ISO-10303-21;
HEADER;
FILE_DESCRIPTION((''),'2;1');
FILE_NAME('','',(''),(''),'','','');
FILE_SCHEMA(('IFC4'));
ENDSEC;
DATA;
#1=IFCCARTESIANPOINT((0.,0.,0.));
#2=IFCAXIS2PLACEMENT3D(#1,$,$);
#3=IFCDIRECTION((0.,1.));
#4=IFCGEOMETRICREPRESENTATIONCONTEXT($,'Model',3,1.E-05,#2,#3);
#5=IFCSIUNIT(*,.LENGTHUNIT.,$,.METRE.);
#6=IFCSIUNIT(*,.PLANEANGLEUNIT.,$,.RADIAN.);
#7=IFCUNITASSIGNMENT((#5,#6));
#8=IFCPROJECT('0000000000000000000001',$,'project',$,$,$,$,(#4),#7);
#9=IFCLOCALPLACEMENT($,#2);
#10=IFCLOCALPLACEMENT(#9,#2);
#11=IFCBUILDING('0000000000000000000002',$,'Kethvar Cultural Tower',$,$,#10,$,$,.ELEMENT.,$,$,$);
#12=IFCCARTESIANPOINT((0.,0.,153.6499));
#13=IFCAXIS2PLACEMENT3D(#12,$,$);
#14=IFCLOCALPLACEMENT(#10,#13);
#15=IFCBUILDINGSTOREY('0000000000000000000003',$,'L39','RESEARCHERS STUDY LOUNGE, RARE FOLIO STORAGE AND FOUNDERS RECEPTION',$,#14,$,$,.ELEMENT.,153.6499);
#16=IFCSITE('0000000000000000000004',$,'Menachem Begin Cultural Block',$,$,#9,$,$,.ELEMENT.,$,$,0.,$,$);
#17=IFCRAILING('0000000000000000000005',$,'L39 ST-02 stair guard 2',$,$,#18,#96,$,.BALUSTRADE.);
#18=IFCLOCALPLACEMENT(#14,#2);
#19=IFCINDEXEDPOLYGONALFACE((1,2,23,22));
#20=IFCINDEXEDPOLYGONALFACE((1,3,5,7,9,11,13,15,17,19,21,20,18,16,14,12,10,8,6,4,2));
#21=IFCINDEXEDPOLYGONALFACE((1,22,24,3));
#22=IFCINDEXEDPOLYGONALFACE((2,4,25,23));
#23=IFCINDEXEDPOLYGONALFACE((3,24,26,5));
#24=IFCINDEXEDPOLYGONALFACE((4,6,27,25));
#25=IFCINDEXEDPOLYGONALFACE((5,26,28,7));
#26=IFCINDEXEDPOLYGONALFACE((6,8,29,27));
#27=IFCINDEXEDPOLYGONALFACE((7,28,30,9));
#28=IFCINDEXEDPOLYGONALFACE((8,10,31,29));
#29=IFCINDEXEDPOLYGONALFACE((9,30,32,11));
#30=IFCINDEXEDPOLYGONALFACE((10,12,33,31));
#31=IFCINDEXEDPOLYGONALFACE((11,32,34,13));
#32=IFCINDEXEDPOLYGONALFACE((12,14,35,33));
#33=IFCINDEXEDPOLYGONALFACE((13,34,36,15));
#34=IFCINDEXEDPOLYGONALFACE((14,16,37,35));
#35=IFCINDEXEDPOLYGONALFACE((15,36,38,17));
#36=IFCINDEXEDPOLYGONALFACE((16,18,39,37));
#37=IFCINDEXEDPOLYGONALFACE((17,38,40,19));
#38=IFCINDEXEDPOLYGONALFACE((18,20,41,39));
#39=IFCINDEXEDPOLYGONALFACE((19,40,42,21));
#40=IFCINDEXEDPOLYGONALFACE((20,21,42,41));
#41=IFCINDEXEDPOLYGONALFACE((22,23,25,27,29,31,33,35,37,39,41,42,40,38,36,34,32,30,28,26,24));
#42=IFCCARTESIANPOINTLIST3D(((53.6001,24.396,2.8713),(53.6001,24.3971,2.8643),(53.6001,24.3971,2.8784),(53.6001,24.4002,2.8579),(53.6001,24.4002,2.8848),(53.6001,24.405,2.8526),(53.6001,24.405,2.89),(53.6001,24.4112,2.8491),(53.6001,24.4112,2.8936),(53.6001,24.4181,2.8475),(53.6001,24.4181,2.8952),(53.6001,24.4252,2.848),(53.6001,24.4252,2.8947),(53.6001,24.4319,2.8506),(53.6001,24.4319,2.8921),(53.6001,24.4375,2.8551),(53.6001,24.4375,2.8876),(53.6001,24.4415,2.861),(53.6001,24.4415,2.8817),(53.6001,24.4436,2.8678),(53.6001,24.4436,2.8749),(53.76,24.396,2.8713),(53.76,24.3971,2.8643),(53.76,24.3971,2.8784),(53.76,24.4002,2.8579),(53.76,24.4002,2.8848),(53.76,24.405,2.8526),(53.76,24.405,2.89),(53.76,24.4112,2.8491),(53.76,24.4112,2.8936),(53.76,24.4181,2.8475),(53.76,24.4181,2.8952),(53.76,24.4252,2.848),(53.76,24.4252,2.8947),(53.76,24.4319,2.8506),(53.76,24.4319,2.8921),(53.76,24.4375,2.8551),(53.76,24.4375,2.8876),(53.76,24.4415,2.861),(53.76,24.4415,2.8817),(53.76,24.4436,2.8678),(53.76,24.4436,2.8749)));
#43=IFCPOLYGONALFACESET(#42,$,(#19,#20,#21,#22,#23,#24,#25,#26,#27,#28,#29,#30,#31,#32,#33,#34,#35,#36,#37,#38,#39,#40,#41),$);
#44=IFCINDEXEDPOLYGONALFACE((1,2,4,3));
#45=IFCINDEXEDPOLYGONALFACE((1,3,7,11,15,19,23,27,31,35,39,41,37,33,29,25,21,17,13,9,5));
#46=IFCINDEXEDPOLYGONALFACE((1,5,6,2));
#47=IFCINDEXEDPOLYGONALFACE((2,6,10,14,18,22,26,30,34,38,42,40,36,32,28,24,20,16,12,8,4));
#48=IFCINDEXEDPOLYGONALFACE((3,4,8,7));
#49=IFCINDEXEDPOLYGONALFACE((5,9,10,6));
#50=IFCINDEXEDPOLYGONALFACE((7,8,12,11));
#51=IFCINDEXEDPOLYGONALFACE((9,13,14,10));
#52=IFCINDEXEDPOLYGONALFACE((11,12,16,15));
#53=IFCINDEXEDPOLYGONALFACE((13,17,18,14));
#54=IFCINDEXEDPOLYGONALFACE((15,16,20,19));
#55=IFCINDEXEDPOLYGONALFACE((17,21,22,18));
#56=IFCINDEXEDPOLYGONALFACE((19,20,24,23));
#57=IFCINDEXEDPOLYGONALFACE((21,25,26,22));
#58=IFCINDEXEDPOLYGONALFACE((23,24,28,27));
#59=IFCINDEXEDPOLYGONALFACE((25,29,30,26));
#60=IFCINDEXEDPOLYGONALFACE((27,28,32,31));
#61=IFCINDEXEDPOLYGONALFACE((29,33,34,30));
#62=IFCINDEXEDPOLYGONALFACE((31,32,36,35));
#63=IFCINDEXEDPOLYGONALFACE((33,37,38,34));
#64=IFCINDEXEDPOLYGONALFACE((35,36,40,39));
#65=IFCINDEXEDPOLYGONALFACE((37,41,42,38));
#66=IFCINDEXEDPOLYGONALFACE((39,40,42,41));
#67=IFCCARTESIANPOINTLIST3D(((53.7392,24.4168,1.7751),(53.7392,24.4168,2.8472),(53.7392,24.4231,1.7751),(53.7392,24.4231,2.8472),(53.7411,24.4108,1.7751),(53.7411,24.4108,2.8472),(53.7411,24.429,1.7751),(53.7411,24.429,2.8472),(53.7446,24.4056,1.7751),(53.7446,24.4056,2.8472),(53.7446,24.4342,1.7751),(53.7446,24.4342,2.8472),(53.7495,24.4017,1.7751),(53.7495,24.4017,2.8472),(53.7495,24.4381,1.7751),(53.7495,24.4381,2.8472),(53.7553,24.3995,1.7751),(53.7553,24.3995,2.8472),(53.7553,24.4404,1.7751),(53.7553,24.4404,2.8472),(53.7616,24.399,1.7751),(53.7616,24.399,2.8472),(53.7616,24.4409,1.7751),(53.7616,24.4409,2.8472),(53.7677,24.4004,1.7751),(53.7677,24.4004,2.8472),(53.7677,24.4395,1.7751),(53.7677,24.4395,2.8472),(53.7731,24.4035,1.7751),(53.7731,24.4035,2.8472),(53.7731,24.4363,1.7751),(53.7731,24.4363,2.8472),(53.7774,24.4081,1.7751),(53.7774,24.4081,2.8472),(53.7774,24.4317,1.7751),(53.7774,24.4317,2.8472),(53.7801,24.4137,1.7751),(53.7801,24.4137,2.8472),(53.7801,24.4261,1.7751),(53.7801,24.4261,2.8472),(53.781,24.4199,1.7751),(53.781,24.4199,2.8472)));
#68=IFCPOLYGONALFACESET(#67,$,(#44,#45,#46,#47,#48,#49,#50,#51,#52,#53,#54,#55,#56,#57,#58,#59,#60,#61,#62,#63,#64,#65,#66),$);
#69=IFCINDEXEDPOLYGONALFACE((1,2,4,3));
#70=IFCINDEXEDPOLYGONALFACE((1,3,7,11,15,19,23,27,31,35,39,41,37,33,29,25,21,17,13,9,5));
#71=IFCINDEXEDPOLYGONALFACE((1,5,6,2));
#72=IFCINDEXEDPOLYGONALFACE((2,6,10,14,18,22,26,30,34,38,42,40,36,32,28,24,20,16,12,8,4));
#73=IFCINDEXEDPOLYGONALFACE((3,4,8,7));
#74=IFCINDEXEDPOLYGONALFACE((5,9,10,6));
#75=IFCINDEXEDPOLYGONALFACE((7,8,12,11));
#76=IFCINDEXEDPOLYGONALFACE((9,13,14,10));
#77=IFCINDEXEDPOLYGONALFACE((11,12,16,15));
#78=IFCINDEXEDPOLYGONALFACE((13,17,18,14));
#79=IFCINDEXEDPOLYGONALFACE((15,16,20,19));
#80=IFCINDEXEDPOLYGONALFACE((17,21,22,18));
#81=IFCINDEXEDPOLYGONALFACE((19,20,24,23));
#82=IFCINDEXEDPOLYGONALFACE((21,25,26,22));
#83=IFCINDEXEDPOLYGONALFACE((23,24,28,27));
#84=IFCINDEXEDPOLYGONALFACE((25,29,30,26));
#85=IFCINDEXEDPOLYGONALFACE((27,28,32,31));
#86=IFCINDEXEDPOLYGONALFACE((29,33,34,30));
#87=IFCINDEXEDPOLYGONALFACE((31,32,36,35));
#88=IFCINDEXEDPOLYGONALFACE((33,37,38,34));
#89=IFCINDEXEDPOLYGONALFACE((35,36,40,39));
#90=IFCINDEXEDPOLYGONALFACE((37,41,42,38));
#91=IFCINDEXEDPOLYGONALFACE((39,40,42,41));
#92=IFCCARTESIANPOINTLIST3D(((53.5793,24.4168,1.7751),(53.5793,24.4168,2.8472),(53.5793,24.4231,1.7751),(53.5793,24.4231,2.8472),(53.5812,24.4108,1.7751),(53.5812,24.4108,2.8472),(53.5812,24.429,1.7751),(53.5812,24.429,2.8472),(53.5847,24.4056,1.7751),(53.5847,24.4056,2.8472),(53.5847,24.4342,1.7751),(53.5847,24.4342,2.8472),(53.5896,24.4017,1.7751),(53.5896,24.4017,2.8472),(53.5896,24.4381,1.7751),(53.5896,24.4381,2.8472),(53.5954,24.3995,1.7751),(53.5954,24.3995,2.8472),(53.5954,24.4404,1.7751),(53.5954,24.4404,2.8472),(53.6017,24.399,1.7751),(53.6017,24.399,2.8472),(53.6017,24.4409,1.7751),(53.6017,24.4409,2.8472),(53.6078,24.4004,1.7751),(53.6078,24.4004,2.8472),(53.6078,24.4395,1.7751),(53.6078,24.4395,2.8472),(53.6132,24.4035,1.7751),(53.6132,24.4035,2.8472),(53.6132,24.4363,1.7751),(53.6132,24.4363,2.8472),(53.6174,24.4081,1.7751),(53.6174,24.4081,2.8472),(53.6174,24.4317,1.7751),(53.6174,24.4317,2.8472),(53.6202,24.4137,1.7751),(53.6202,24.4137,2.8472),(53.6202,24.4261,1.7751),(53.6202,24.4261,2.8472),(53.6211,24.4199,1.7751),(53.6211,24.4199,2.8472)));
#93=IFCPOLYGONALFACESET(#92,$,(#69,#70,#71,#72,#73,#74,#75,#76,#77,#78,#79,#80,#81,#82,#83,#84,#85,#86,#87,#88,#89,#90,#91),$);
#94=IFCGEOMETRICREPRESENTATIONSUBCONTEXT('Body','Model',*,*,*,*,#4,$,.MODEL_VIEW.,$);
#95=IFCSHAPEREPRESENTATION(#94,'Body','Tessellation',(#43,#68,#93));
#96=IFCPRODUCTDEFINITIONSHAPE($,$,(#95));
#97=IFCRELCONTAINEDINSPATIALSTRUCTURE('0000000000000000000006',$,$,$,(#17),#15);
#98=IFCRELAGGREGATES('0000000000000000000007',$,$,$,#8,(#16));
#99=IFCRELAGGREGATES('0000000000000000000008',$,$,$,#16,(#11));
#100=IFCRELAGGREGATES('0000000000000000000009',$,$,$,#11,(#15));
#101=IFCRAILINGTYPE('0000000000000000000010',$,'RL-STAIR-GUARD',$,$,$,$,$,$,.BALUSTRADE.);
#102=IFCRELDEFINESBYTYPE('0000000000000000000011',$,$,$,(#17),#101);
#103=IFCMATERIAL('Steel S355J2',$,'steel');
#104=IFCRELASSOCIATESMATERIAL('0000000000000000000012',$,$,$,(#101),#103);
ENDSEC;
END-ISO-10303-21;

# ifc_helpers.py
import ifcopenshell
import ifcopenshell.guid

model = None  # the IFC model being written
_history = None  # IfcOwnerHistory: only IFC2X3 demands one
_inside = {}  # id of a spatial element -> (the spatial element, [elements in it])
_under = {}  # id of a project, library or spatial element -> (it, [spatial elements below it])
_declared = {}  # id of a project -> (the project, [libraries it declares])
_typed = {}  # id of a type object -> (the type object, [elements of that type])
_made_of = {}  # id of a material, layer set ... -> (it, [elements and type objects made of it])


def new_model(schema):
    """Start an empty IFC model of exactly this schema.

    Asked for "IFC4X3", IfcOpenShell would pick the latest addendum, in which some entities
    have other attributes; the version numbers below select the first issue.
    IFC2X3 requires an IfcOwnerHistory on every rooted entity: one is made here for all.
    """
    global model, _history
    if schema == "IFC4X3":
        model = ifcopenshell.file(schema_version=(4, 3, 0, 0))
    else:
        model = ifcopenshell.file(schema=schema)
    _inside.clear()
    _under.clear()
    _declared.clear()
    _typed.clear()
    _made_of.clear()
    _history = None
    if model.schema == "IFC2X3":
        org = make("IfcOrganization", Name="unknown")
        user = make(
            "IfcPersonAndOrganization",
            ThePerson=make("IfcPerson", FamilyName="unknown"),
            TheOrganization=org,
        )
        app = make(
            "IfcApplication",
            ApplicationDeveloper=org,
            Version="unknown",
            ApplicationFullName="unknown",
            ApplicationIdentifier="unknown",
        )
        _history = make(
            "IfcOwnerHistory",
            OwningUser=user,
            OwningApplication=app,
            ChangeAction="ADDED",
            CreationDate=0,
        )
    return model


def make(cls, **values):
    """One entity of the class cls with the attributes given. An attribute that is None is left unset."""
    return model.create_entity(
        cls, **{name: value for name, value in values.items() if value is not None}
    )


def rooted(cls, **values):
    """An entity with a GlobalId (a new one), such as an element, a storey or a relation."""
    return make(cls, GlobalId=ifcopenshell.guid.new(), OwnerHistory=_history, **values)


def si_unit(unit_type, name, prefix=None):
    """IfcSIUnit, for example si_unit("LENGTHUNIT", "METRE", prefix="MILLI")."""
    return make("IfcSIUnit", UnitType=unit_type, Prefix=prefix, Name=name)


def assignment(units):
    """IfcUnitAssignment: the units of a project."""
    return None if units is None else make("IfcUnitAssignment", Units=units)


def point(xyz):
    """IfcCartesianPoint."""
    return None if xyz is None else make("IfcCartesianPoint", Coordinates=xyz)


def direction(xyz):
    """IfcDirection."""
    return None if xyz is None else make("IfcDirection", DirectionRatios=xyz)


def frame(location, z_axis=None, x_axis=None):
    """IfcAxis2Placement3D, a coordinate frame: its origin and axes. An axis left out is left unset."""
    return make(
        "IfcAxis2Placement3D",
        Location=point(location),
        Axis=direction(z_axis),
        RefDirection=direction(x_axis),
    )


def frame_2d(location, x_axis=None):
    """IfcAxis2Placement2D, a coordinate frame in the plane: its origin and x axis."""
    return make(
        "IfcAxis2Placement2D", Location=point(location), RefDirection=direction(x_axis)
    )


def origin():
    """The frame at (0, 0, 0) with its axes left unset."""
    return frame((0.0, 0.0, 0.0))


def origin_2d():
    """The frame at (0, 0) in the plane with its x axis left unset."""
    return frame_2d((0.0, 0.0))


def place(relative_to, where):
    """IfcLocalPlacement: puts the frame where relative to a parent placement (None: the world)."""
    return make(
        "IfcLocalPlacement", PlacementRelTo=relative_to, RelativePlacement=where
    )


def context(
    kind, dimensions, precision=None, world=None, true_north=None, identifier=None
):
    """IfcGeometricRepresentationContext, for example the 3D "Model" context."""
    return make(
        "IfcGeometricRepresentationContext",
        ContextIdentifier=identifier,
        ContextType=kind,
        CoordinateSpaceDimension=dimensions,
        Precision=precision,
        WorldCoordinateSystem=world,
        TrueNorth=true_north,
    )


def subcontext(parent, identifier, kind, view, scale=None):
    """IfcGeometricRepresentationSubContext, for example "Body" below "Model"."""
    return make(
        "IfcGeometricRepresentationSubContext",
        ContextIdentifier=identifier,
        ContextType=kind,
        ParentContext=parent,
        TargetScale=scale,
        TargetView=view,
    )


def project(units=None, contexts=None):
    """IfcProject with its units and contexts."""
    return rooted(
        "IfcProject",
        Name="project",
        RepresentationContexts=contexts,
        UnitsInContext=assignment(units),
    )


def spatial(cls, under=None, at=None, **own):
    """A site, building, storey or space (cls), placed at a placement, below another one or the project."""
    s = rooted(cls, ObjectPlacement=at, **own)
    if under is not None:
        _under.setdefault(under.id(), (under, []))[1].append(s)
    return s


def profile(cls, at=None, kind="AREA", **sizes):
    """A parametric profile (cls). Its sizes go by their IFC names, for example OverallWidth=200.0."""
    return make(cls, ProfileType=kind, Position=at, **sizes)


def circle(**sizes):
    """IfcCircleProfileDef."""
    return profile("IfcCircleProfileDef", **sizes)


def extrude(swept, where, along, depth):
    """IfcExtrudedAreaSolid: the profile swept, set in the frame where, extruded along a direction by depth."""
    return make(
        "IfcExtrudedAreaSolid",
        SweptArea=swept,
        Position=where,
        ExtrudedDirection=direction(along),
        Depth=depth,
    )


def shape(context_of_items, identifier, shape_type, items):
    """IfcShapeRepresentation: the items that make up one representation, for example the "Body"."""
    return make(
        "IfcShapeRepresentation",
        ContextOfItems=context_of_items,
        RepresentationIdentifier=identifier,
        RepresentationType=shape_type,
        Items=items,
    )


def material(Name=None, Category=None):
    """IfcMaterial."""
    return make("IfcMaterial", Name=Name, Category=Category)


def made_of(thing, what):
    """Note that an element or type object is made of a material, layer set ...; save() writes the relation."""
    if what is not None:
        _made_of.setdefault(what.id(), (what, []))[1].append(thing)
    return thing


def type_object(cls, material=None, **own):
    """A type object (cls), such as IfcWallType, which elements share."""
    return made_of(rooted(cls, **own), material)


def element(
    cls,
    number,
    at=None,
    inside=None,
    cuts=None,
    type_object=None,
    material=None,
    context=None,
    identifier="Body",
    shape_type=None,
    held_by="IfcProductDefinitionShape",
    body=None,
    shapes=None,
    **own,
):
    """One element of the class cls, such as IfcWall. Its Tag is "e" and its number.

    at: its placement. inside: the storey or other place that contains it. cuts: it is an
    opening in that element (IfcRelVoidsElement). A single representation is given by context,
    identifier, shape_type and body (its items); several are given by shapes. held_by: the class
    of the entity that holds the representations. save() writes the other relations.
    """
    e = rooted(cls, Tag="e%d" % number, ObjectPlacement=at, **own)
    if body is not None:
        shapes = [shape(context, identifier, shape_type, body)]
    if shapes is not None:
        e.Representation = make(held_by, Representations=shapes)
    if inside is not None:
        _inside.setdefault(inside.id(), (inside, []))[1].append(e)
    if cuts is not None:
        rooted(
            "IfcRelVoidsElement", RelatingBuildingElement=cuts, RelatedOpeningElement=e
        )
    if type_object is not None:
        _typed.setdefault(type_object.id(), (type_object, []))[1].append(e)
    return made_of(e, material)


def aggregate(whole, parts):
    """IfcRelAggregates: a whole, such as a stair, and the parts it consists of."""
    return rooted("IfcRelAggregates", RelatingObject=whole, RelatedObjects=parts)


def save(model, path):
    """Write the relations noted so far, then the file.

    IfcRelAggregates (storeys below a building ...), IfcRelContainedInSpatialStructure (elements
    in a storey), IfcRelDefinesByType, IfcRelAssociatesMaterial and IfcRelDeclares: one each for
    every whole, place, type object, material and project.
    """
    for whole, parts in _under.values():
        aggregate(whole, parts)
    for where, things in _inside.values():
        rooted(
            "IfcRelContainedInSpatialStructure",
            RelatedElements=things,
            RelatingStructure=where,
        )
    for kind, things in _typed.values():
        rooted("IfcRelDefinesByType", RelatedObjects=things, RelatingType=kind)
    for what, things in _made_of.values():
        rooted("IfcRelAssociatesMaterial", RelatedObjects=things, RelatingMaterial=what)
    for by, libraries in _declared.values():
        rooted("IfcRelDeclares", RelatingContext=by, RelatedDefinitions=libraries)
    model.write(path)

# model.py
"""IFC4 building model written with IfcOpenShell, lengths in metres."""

from ifc_helpers import new_model, si_unit, direction, frame, origin, origin_2d, place, context, subcontext, project, spatial, circle, extrude, material, type_object, element, save


model = new_model("IFC4")

# Units and contexts
model_context = context("Model", 3, precision=1e-05, world=origin(), true_north=direction((0.0, 1.0)))
body_context = subcontext(model_context, "Body", "Model", "MODEL_VIEW")
ifc_project = project(units=[si_unit("LENGTHUNIT", "METRE"), si_unit("PLANEANGLEUNIT", "RADIAN")], contexts=[model_context])

# Site, building, storey
site_placement = place(None, origin())
site = spatial("IfcSite", under=ifc_project, at=site_placement, Name="Menachem Begin Cultural Block", CompositionType="ELEMENT", RefElevation=0.0)
building_placement = place(site_placement, origin())
building = spatial("IfcBuilding", under=site, at=building_placement, Name="Kethvar Cultural Tower", CompositionType="ELEMENT")
storey_placement = place(building_placement, frame((0.0, 0.0, 153.6499)))
storey = spatial("IfcBuildingStorey", under=building, at=storey_placement, Name="L39", Description="RESEARCHERS STUDY LOUNGE, RARE FOLIO STORAGE AND FOUNDERS RECEPTION", CompositionType="ELEMENT", Elevation=153.6499)

# Shared definitions
ifc_material_1 = material(Name="Steel S355J2", Category="steel")

# Railing
railing_type_1 = type_object("IfcRailingType", Name="RL-STAIR-GUARD", PredefinedType="BALUSTRADE", material=ifc_material_1)
railing_1_placement = place(storey_placement, frame((53.76, 24.4199, 1.7751)))
element("IfcRailing", 1, at=railing_1_placement, inside=storey, type_object=railing_type_1, Name="L39 ST-02 stair guard 2", PredefinedType="BALUSTRADE", context=body_context, shape_type="SweptSolid", body=[
    extrude(circle(Radius=0.0239, at=origin_2d()), frame((0.0, 0.0, 1.0962), z_axis=(-1.0, 0.0, 0.0), x_axis=(0.0, -1.0, 0.0)), (0.0, 0.0, 1.0), 0.1599),
    extrude(circle(Radius=0.021, at=origin_2d()), origin(), (0.0, 0.0, 1.0), 1.072),
    extrude(circle(Radius=0.021, at=origin_2d()), frame((-0.1599, 0.0, 0.0)), (0.0, 0.0, 1.0), 1.072),
])

save(model, "model.ifc")
